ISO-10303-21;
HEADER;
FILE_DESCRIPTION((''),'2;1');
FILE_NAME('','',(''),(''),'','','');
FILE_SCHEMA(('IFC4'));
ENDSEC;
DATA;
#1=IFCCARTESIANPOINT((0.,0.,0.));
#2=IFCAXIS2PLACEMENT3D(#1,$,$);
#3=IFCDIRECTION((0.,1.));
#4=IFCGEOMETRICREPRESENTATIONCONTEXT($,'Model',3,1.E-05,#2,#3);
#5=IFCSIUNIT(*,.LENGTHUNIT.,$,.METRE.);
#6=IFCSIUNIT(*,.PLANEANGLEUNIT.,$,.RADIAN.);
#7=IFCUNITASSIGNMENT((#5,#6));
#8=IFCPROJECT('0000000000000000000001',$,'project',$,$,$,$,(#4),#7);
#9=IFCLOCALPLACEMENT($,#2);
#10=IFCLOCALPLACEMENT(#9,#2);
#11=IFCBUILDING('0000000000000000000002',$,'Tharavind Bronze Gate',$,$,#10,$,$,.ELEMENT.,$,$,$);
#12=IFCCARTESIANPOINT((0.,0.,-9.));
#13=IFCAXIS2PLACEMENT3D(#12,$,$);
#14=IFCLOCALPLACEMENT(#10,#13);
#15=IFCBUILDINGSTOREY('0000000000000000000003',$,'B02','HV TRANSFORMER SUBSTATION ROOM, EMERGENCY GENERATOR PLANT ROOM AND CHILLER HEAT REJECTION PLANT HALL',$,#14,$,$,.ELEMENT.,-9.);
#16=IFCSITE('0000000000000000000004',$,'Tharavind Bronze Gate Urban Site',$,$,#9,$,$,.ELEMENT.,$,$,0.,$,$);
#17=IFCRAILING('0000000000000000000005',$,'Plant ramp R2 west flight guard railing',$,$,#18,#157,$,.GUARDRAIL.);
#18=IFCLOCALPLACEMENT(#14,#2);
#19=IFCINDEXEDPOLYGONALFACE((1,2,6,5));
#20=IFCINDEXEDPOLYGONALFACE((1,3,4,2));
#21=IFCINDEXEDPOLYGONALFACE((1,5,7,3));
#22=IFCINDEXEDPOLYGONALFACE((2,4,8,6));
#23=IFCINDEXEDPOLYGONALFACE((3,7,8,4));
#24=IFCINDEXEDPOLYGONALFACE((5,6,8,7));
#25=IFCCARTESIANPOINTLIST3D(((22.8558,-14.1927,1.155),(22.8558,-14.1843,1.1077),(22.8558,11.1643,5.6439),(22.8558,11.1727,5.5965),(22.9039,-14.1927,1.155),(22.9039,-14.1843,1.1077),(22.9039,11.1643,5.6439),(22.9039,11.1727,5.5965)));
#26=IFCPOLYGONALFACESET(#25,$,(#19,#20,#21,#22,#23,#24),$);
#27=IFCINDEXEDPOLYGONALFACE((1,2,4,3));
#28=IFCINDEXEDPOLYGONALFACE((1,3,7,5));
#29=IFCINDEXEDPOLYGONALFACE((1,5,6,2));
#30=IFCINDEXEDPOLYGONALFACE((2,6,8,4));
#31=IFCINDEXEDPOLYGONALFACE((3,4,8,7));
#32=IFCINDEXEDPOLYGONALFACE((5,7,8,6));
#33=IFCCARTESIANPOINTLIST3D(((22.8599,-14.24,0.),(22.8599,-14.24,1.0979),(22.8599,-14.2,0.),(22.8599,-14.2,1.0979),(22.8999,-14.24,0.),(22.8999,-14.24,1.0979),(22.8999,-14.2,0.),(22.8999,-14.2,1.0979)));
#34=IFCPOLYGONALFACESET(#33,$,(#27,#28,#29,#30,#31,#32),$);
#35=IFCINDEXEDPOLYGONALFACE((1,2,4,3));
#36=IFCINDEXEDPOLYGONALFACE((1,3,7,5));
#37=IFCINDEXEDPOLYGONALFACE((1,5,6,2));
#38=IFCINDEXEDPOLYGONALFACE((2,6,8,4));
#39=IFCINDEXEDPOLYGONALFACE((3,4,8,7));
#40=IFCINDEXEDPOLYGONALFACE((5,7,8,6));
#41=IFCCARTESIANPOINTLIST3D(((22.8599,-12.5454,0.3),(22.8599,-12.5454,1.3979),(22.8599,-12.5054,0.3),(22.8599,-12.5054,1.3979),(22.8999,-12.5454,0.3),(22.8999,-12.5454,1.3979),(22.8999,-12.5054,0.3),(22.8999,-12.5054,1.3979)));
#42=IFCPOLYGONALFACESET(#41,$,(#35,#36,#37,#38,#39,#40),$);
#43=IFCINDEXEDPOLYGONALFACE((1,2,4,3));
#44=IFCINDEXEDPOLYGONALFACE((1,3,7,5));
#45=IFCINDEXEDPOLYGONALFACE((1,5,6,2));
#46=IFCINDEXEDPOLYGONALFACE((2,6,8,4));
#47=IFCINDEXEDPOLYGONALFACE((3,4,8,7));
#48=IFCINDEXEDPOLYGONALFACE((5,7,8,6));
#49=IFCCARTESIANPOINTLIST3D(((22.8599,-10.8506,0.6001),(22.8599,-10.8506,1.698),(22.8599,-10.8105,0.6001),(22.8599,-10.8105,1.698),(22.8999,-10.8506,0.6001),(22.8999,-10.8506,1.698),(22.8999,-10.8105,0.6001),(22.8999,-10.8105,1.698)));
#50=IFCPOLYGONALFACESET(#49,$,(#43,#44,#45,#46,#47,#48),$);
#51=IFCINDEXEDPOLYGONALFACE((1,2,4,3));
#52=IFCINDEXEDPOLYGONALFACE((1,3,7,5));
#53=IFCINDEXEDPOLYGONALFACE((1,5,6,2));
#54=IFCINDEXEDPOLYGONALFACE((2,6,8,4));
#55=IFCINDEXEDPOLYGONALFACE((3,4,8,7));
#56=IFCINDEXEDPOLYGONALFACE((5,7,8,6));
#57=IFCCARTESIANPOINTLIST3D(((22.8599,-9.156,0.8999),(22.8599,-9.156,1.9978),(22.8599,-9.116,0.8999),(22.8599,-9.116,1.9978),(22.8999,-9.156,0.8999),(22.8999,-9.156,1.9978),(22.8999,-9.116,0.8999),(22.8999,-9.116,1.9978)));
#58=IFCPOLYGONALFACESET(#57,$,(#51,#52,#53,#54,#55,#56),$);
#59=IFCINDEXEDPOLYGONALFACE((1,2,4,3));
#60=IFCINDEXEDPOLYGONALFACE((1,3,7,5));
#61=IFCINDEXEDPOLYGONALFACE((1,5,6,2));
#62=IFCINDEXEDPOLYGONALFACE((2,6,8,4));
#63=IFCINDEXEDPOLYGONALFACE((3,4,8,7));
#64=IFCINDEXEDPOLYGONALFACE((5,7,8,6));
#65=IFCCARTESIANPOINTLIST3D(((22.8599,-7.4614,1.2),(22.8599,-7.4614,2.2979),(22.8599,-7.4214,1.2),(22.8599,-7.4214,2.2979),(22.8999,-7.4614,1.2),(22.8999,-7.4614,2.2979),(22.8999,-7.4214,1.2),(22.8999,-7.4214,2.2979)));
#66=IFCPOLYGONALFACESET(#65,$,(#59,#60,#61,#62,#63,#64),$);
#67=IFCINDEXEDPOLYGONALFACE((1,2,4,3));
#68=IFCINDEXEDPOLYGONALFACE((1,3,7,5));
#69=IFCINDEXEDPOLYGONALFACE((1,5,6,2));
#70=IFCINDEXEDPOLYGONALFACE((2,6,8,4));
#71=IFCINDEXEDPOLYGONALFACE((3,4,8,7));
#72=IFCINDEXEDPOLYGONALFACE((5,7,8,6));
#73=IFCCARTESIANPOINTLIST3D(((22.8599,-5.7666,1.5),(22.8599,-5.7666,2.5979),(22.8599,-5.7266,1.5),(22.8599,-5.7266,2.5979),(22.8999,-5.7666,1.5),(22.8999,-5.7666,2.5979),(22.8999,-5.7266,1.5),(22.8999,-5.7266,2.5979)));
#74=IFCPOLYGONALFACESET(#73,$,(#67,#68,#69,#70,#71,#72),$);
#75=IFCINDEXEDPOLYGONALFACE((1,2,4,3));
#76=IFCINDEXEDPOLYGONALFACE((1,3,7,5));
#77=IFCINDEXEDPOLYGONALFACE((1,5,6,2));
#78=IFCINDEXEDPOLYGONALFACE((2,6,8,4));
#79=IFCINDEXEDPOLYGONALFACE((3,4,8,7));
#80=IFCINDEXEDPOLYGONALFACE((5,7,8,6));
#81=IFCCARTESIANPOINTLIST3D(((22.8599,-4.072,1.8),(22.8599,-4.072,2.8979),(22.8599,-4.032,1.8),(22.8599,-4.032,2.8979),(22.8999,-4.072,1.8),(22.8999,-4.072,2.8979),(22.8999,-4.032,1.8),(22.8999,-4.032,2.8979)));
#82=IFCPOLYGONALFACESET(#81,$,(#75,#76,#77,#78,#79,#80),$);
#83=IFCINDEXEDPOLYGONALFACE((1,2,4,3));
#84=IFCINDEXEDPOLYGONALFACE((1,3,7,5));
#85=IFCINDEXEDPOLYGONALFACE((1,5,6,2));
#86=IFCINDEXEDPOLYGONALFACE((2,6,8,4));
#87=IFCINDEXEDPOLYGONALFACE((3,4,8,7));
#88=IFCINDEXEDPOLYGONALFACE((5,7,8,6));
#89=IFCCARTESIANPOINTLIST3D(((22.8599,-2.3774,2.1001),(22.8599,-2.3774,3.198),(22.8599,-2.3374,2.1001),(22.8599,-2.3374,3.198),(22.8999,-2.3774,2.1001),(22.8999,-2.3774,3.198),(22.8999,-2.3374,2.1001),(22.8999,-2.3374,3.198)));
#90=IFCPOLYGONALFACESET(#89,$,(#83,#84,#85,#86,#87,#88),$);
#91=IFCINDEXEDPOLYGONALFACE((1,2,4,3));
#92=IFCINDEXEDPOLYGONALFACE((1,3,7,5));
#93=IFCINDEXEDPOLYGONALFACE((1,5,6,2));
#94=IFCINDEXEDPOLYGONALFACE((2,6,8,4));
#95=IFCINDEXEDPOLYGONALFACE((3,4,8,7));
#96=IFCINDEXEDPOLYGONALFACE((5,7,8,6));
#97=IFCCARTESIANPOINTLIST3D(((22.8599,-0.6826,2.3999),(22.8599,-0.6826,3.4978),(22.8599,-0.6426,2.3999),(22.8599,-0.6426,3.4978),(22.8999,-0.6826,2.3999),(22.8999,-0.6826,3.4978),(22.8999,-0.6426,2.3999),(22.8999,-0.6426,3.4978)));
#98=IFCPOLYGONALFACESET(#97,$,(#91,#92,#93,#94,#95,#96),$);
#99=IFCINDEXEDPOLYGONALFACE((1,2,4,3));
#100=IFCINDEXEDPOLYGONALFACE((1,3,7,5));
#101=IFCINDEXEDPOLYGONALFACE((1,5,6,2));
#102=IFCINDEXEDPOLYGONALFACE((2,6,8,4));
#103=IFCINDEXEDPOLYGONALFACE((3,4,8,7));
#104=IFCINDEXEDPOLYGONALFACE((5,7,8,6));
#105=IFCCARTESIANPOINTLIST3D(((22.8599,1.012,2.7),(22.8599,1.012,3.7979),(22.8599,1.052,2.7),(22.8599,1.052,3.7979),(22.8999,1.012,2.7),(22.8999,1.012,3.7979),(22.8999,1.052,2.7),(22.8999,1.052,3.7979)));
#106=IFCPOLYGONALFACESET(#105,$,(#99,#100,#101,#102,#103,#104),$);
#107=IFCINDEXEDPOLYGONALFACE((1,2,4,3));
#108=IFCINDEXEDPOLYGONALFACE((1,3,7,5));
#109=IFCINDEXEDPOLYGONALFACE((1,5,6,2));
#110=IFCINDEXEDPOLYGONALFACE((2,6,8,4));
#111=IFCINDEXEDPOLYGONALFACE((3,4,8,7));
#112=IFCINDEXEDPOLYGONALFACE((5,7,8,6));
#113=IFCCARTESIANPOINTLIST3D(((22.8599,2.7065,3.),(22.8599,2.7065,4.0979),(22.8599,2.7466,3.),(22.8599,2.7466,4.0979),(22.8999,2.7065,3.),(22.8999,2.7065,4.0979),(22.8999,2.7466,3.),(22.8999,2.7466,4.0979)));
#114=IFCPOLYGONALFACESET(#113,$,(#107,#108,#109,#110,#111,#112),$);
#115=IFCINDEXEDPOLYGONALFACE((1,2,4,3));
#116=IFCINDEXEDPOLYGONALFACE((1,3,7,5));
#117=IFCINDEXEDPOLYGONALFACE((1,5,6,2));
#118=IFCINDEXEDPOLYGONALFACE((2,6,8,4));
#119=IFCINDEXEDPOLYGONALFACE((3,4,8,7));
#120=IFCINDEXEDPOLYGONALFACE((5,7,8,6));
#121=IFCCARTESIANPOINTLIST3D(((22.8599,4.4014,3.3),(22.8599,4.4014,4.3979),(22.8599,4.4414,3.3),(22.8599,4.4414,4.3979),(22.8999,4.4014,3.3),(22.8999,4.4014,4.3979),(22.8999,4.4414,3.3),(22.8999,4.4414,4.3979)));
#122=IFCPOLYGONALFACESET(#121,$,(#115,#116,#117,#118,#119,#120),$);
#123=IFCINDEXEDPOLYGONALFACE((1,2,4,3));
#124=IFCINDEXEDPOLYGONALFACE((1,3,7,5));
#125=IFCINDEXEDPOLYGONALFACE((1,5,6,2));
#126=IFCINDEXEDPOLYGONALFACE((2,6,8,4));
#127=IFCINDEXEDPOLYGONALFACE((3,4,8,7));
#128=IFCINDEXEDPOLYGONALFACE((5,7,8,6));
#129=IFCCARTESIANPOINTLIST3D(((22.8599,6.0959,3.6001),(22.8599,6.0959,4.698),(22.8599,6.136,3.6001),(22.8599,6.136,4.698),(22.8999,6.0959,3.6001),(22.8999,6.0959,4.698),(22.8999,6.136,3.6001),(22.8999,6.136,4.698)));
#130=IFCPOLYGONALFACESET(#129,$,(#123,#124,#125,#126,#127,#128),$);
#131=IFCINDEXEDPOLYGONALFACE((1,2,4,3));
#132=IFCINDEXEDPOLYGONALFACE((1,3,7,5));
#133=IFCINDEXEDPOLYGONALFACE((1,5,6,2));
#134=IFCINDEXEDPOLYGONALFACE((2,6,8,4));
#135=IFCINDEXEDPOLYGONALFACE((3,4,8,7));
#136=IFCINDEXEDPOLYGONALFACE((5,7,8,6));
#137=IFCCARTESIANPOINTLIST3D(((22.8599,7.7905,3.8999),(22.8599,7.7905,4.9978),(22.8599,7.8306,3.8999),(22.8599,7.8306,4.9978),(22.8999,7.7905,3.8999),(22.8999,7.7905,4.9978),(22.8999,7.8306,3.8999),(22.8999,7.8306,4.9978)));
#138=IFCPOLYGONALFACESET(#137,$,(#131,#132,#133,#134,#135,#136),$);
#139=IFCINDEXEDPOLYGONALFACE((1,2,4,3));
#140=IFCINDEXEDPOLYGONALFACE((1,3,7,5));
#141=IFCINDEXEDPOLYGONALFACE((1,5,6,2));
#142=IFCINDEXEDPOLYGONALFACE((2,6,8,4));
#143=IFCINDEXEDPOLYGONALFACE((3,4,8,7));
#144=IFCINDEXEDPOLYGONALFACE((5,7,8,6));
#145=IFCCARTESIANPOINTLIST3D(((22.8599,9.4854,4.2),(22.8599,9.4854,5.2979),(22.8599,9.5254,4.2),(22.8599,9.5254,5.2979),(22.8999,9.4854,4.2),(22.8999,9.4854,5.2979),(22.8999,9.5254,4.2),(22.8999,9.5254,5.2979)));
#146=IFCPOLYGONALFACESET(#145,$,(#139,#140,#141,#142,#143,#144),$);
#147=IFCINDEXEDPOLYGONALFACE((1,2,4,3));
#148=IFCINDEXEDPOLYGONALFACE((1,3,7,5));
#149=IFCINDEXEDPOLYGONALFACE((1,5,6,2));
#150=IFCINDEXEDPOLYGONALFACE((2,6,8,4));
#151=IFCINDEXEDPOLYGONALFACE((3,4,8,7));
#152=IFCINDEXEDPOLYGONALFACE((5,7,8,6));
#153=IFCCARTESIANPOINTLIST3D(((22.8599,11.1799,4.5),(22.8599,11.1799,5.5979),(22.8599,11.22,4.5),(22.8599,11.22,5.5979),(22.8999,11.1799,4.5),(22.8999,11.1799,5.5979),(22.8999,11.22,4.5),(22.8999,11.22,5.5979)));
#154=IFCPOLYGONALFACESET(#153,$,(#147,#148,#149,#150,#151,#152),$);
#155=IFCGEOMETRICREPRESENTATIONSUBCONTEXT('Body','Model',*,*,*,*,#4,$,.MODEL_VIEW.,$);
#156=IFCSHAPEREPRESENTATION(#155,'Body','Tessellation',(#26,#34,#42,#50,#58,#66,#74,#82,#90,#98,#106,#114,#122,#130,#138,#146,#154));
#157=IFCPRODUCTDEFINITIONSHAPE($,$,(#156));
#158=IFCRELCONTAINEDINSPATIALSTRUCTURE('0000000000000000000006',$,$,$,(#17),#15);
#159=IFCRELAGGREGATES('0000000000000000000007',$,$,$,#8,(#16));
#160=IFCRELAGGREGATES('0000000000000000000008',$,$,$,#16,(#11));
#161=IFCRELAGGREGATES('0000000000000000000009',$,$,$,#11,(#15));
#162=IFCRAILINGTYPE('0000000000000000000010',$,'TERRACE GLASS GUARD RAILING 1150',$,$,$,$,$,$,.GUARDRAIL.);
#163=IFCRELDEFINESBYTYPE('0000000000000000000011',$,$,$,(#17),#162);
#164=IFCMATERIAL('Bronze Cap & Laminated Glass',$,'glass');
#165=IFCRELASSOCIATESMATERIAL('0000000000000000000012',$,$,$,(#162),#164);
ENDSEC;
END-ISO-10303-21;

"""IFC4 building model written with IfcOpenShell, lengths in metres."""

from ifc_helpers import new_model, si_unit, direction, frame, origin, origin_2d, place, context, subcontext, project, spatial, rectangle, extrude, material, type_object, element, save


model = new_model("IFC4")

# Units and contexts
model_context = context("Model", 3, precision=1e-05, world=origin(), true_north=direction((0.0, 1.0)))
body_context = subcontext(model_context, "Body", "Model", "MODEL_VIEW")
ifc_project = project(units=[si_unit("LENGTHUNIT", "METRE"), si_unit("PLANEANGLEUNIT", "RADIAN")], contexts=[model_context])

# Site, building, storey
site_placement = place(None, origin())
site = spatial("IfcSite", under=ifc_project, at=site_placement, Name="Tharavind Bronze Gate Urban Site", CompositionType="ELEMENT", RefElevation=0.0)
building_placement = place(site_placement, origin())
building = spatial("IfcBuilding", under=site, at=building_placement, Name="Tharavind Bronze Gate", CompositionType="ELEMENT")
storey_placement = place(building_placement, frame((0.0, 0.0, -9.0)))
storey = spatial("IfcBuildingStorey", under=building, at=storey_placement, Name="B02", Description="HV TRANSFORMER SUBSTATION ROOM, EMERGENCY GENERATOR PLANT ROOM AND CHILLER HEAT REJECTION PLANT HALL", CompositionType="ELEMENT", Elevation=-9.0)

# Railing
ifc_material_1 = material(Name="Bronze Cap & Laminated Glass", Category="glass")
railing_type_1 = type_object("IfcRailingType", Name="TERRACE GLASS GUARD RAILING 1150", PredefinedType="GUARDRAIL", material=ifc_material_1)
railing_1_placement = place(storey_placement, frame((22.8799, -14.22, 0.0)))
element("IfcRailing", 1, at=railing_1_placement, inside=storey, type_object=railing_type_1, Name="Plant ramp R2 west flight guard railing", PredefinedType="GUARDRAIL", context=body_context, shape_type="SweptSolid", body=[
    extrude(rectangle(XDim=0.0481, YDim=0.0481, at=origin_2d()), frame((0.0, 0.0315, 1.1313), z_axis=(0.0, 0.98469, 0.174316), x_axis=(-1.0, 0.0, 0.0)), (0.0, 0.0, 1.0), 25.7512),
    extrude(rectangle(XDim=0.04, YDim=0.04, at=origin_2d()), origin(), (0.0, 0.0, 1.0), 1.0979),
    extrude(rectangle(XDim=0.04, YDim=0.04, at=origin_2d()), frame((0.0, 1.6946, 0.3)), (0.0, 0.0, 1.0), 1.0979),
    extrude(rectangle(XDim=0.04, YDim=0.04, at=origin_2d()), frame((0.0, 3.3894, 0.6001)), (0.0, 0.0, 1.0), 1.0979),
    extrude(rectangle(XDim=0.04, YDim=0.04, at=origin_2d()), frame((0.0, 5.084, 0.8999)), (0.0, 0.0, 1.0), 1.0979),
    extrude(rectangle(XDim=0.04, YDim=0.04, at=origin_2d()), frame((0.0, 6.7786, 1.2)), (0.0, 0.0, 1.0), 1.0979),
    extrude(rectangle(XDim=0.04, YDim=0.04, at=origin_2d()), frame((0.0, 8.4734, 1.5)), (0.0, 0.0, 1.0), 1.0979),
    extrude(rectangle(XDim=0.04, YDim=0.04, at=origin_2d()), frame((0.0, 10.168, 1.8)), (0.0, 0.0, 1.0), 1.0979),
    extrude(rectangle(XDim=0.04, YDim=0.04, at=origin_2d()), frame((0.0, 11.8625, 2.1001)), (0.0, 0.0, 1.0), 1.0979),
    extrude(rectangle(XDim=0.04, YDim=0.04, at=origin_2d()), frame((0.0, 13.5574, 2.3999)), (0.0, 0.0, 1.0), 1.0979),
    extrude(rectangle(XDim=0.04, YDim=0.04, at=origin_2d()), frame((0.0, 15.252, 2.7)), (0.0, 0.0, 1.0), 1.0979),
    extrude(rectangle(XDim=0.04, YDim=0.04, at=origin_2d()), frame((0.0, 16.9465, 3.0)), (0.0, 0.0, 1.0), 1.0979),
    extrude(rectangle(XDim=0.04, YDim=0.04, at=origin_2d()), frame((0.0, 18.6414, 3.3)), (0.0, 0.0, 1.0), 1.0979),
    extrude(rectangle(XDim=0.04, YDim=0.04, at=origin_2d()), frame((0.0, 20.3359, 3.6001)), (0.0, 0.0, 1.0), 1.0979),
    extrude(rectangle(XDim=0.04, YDim=0.04, at=origin_2d()), frame((0.0, 22.0305, 3.8999)), (0.0, 0.0, 1.0), 1.0979),
    extrude(rectangle(XDim=0.04, YDim=0.04, at=origin_2d()), frame((0.0, 23.7253, 4.2)), (0.0, 0.0, 1.0), 1.0979),
    extrude(rectangle(XDim=0.04, YDim=0.04, at=origin_2d()), frame((0.0, 25.4199, 4.5)), (0.0, 0.0, 1.0), 1.0979),
])

save(model, "model.ifc")
